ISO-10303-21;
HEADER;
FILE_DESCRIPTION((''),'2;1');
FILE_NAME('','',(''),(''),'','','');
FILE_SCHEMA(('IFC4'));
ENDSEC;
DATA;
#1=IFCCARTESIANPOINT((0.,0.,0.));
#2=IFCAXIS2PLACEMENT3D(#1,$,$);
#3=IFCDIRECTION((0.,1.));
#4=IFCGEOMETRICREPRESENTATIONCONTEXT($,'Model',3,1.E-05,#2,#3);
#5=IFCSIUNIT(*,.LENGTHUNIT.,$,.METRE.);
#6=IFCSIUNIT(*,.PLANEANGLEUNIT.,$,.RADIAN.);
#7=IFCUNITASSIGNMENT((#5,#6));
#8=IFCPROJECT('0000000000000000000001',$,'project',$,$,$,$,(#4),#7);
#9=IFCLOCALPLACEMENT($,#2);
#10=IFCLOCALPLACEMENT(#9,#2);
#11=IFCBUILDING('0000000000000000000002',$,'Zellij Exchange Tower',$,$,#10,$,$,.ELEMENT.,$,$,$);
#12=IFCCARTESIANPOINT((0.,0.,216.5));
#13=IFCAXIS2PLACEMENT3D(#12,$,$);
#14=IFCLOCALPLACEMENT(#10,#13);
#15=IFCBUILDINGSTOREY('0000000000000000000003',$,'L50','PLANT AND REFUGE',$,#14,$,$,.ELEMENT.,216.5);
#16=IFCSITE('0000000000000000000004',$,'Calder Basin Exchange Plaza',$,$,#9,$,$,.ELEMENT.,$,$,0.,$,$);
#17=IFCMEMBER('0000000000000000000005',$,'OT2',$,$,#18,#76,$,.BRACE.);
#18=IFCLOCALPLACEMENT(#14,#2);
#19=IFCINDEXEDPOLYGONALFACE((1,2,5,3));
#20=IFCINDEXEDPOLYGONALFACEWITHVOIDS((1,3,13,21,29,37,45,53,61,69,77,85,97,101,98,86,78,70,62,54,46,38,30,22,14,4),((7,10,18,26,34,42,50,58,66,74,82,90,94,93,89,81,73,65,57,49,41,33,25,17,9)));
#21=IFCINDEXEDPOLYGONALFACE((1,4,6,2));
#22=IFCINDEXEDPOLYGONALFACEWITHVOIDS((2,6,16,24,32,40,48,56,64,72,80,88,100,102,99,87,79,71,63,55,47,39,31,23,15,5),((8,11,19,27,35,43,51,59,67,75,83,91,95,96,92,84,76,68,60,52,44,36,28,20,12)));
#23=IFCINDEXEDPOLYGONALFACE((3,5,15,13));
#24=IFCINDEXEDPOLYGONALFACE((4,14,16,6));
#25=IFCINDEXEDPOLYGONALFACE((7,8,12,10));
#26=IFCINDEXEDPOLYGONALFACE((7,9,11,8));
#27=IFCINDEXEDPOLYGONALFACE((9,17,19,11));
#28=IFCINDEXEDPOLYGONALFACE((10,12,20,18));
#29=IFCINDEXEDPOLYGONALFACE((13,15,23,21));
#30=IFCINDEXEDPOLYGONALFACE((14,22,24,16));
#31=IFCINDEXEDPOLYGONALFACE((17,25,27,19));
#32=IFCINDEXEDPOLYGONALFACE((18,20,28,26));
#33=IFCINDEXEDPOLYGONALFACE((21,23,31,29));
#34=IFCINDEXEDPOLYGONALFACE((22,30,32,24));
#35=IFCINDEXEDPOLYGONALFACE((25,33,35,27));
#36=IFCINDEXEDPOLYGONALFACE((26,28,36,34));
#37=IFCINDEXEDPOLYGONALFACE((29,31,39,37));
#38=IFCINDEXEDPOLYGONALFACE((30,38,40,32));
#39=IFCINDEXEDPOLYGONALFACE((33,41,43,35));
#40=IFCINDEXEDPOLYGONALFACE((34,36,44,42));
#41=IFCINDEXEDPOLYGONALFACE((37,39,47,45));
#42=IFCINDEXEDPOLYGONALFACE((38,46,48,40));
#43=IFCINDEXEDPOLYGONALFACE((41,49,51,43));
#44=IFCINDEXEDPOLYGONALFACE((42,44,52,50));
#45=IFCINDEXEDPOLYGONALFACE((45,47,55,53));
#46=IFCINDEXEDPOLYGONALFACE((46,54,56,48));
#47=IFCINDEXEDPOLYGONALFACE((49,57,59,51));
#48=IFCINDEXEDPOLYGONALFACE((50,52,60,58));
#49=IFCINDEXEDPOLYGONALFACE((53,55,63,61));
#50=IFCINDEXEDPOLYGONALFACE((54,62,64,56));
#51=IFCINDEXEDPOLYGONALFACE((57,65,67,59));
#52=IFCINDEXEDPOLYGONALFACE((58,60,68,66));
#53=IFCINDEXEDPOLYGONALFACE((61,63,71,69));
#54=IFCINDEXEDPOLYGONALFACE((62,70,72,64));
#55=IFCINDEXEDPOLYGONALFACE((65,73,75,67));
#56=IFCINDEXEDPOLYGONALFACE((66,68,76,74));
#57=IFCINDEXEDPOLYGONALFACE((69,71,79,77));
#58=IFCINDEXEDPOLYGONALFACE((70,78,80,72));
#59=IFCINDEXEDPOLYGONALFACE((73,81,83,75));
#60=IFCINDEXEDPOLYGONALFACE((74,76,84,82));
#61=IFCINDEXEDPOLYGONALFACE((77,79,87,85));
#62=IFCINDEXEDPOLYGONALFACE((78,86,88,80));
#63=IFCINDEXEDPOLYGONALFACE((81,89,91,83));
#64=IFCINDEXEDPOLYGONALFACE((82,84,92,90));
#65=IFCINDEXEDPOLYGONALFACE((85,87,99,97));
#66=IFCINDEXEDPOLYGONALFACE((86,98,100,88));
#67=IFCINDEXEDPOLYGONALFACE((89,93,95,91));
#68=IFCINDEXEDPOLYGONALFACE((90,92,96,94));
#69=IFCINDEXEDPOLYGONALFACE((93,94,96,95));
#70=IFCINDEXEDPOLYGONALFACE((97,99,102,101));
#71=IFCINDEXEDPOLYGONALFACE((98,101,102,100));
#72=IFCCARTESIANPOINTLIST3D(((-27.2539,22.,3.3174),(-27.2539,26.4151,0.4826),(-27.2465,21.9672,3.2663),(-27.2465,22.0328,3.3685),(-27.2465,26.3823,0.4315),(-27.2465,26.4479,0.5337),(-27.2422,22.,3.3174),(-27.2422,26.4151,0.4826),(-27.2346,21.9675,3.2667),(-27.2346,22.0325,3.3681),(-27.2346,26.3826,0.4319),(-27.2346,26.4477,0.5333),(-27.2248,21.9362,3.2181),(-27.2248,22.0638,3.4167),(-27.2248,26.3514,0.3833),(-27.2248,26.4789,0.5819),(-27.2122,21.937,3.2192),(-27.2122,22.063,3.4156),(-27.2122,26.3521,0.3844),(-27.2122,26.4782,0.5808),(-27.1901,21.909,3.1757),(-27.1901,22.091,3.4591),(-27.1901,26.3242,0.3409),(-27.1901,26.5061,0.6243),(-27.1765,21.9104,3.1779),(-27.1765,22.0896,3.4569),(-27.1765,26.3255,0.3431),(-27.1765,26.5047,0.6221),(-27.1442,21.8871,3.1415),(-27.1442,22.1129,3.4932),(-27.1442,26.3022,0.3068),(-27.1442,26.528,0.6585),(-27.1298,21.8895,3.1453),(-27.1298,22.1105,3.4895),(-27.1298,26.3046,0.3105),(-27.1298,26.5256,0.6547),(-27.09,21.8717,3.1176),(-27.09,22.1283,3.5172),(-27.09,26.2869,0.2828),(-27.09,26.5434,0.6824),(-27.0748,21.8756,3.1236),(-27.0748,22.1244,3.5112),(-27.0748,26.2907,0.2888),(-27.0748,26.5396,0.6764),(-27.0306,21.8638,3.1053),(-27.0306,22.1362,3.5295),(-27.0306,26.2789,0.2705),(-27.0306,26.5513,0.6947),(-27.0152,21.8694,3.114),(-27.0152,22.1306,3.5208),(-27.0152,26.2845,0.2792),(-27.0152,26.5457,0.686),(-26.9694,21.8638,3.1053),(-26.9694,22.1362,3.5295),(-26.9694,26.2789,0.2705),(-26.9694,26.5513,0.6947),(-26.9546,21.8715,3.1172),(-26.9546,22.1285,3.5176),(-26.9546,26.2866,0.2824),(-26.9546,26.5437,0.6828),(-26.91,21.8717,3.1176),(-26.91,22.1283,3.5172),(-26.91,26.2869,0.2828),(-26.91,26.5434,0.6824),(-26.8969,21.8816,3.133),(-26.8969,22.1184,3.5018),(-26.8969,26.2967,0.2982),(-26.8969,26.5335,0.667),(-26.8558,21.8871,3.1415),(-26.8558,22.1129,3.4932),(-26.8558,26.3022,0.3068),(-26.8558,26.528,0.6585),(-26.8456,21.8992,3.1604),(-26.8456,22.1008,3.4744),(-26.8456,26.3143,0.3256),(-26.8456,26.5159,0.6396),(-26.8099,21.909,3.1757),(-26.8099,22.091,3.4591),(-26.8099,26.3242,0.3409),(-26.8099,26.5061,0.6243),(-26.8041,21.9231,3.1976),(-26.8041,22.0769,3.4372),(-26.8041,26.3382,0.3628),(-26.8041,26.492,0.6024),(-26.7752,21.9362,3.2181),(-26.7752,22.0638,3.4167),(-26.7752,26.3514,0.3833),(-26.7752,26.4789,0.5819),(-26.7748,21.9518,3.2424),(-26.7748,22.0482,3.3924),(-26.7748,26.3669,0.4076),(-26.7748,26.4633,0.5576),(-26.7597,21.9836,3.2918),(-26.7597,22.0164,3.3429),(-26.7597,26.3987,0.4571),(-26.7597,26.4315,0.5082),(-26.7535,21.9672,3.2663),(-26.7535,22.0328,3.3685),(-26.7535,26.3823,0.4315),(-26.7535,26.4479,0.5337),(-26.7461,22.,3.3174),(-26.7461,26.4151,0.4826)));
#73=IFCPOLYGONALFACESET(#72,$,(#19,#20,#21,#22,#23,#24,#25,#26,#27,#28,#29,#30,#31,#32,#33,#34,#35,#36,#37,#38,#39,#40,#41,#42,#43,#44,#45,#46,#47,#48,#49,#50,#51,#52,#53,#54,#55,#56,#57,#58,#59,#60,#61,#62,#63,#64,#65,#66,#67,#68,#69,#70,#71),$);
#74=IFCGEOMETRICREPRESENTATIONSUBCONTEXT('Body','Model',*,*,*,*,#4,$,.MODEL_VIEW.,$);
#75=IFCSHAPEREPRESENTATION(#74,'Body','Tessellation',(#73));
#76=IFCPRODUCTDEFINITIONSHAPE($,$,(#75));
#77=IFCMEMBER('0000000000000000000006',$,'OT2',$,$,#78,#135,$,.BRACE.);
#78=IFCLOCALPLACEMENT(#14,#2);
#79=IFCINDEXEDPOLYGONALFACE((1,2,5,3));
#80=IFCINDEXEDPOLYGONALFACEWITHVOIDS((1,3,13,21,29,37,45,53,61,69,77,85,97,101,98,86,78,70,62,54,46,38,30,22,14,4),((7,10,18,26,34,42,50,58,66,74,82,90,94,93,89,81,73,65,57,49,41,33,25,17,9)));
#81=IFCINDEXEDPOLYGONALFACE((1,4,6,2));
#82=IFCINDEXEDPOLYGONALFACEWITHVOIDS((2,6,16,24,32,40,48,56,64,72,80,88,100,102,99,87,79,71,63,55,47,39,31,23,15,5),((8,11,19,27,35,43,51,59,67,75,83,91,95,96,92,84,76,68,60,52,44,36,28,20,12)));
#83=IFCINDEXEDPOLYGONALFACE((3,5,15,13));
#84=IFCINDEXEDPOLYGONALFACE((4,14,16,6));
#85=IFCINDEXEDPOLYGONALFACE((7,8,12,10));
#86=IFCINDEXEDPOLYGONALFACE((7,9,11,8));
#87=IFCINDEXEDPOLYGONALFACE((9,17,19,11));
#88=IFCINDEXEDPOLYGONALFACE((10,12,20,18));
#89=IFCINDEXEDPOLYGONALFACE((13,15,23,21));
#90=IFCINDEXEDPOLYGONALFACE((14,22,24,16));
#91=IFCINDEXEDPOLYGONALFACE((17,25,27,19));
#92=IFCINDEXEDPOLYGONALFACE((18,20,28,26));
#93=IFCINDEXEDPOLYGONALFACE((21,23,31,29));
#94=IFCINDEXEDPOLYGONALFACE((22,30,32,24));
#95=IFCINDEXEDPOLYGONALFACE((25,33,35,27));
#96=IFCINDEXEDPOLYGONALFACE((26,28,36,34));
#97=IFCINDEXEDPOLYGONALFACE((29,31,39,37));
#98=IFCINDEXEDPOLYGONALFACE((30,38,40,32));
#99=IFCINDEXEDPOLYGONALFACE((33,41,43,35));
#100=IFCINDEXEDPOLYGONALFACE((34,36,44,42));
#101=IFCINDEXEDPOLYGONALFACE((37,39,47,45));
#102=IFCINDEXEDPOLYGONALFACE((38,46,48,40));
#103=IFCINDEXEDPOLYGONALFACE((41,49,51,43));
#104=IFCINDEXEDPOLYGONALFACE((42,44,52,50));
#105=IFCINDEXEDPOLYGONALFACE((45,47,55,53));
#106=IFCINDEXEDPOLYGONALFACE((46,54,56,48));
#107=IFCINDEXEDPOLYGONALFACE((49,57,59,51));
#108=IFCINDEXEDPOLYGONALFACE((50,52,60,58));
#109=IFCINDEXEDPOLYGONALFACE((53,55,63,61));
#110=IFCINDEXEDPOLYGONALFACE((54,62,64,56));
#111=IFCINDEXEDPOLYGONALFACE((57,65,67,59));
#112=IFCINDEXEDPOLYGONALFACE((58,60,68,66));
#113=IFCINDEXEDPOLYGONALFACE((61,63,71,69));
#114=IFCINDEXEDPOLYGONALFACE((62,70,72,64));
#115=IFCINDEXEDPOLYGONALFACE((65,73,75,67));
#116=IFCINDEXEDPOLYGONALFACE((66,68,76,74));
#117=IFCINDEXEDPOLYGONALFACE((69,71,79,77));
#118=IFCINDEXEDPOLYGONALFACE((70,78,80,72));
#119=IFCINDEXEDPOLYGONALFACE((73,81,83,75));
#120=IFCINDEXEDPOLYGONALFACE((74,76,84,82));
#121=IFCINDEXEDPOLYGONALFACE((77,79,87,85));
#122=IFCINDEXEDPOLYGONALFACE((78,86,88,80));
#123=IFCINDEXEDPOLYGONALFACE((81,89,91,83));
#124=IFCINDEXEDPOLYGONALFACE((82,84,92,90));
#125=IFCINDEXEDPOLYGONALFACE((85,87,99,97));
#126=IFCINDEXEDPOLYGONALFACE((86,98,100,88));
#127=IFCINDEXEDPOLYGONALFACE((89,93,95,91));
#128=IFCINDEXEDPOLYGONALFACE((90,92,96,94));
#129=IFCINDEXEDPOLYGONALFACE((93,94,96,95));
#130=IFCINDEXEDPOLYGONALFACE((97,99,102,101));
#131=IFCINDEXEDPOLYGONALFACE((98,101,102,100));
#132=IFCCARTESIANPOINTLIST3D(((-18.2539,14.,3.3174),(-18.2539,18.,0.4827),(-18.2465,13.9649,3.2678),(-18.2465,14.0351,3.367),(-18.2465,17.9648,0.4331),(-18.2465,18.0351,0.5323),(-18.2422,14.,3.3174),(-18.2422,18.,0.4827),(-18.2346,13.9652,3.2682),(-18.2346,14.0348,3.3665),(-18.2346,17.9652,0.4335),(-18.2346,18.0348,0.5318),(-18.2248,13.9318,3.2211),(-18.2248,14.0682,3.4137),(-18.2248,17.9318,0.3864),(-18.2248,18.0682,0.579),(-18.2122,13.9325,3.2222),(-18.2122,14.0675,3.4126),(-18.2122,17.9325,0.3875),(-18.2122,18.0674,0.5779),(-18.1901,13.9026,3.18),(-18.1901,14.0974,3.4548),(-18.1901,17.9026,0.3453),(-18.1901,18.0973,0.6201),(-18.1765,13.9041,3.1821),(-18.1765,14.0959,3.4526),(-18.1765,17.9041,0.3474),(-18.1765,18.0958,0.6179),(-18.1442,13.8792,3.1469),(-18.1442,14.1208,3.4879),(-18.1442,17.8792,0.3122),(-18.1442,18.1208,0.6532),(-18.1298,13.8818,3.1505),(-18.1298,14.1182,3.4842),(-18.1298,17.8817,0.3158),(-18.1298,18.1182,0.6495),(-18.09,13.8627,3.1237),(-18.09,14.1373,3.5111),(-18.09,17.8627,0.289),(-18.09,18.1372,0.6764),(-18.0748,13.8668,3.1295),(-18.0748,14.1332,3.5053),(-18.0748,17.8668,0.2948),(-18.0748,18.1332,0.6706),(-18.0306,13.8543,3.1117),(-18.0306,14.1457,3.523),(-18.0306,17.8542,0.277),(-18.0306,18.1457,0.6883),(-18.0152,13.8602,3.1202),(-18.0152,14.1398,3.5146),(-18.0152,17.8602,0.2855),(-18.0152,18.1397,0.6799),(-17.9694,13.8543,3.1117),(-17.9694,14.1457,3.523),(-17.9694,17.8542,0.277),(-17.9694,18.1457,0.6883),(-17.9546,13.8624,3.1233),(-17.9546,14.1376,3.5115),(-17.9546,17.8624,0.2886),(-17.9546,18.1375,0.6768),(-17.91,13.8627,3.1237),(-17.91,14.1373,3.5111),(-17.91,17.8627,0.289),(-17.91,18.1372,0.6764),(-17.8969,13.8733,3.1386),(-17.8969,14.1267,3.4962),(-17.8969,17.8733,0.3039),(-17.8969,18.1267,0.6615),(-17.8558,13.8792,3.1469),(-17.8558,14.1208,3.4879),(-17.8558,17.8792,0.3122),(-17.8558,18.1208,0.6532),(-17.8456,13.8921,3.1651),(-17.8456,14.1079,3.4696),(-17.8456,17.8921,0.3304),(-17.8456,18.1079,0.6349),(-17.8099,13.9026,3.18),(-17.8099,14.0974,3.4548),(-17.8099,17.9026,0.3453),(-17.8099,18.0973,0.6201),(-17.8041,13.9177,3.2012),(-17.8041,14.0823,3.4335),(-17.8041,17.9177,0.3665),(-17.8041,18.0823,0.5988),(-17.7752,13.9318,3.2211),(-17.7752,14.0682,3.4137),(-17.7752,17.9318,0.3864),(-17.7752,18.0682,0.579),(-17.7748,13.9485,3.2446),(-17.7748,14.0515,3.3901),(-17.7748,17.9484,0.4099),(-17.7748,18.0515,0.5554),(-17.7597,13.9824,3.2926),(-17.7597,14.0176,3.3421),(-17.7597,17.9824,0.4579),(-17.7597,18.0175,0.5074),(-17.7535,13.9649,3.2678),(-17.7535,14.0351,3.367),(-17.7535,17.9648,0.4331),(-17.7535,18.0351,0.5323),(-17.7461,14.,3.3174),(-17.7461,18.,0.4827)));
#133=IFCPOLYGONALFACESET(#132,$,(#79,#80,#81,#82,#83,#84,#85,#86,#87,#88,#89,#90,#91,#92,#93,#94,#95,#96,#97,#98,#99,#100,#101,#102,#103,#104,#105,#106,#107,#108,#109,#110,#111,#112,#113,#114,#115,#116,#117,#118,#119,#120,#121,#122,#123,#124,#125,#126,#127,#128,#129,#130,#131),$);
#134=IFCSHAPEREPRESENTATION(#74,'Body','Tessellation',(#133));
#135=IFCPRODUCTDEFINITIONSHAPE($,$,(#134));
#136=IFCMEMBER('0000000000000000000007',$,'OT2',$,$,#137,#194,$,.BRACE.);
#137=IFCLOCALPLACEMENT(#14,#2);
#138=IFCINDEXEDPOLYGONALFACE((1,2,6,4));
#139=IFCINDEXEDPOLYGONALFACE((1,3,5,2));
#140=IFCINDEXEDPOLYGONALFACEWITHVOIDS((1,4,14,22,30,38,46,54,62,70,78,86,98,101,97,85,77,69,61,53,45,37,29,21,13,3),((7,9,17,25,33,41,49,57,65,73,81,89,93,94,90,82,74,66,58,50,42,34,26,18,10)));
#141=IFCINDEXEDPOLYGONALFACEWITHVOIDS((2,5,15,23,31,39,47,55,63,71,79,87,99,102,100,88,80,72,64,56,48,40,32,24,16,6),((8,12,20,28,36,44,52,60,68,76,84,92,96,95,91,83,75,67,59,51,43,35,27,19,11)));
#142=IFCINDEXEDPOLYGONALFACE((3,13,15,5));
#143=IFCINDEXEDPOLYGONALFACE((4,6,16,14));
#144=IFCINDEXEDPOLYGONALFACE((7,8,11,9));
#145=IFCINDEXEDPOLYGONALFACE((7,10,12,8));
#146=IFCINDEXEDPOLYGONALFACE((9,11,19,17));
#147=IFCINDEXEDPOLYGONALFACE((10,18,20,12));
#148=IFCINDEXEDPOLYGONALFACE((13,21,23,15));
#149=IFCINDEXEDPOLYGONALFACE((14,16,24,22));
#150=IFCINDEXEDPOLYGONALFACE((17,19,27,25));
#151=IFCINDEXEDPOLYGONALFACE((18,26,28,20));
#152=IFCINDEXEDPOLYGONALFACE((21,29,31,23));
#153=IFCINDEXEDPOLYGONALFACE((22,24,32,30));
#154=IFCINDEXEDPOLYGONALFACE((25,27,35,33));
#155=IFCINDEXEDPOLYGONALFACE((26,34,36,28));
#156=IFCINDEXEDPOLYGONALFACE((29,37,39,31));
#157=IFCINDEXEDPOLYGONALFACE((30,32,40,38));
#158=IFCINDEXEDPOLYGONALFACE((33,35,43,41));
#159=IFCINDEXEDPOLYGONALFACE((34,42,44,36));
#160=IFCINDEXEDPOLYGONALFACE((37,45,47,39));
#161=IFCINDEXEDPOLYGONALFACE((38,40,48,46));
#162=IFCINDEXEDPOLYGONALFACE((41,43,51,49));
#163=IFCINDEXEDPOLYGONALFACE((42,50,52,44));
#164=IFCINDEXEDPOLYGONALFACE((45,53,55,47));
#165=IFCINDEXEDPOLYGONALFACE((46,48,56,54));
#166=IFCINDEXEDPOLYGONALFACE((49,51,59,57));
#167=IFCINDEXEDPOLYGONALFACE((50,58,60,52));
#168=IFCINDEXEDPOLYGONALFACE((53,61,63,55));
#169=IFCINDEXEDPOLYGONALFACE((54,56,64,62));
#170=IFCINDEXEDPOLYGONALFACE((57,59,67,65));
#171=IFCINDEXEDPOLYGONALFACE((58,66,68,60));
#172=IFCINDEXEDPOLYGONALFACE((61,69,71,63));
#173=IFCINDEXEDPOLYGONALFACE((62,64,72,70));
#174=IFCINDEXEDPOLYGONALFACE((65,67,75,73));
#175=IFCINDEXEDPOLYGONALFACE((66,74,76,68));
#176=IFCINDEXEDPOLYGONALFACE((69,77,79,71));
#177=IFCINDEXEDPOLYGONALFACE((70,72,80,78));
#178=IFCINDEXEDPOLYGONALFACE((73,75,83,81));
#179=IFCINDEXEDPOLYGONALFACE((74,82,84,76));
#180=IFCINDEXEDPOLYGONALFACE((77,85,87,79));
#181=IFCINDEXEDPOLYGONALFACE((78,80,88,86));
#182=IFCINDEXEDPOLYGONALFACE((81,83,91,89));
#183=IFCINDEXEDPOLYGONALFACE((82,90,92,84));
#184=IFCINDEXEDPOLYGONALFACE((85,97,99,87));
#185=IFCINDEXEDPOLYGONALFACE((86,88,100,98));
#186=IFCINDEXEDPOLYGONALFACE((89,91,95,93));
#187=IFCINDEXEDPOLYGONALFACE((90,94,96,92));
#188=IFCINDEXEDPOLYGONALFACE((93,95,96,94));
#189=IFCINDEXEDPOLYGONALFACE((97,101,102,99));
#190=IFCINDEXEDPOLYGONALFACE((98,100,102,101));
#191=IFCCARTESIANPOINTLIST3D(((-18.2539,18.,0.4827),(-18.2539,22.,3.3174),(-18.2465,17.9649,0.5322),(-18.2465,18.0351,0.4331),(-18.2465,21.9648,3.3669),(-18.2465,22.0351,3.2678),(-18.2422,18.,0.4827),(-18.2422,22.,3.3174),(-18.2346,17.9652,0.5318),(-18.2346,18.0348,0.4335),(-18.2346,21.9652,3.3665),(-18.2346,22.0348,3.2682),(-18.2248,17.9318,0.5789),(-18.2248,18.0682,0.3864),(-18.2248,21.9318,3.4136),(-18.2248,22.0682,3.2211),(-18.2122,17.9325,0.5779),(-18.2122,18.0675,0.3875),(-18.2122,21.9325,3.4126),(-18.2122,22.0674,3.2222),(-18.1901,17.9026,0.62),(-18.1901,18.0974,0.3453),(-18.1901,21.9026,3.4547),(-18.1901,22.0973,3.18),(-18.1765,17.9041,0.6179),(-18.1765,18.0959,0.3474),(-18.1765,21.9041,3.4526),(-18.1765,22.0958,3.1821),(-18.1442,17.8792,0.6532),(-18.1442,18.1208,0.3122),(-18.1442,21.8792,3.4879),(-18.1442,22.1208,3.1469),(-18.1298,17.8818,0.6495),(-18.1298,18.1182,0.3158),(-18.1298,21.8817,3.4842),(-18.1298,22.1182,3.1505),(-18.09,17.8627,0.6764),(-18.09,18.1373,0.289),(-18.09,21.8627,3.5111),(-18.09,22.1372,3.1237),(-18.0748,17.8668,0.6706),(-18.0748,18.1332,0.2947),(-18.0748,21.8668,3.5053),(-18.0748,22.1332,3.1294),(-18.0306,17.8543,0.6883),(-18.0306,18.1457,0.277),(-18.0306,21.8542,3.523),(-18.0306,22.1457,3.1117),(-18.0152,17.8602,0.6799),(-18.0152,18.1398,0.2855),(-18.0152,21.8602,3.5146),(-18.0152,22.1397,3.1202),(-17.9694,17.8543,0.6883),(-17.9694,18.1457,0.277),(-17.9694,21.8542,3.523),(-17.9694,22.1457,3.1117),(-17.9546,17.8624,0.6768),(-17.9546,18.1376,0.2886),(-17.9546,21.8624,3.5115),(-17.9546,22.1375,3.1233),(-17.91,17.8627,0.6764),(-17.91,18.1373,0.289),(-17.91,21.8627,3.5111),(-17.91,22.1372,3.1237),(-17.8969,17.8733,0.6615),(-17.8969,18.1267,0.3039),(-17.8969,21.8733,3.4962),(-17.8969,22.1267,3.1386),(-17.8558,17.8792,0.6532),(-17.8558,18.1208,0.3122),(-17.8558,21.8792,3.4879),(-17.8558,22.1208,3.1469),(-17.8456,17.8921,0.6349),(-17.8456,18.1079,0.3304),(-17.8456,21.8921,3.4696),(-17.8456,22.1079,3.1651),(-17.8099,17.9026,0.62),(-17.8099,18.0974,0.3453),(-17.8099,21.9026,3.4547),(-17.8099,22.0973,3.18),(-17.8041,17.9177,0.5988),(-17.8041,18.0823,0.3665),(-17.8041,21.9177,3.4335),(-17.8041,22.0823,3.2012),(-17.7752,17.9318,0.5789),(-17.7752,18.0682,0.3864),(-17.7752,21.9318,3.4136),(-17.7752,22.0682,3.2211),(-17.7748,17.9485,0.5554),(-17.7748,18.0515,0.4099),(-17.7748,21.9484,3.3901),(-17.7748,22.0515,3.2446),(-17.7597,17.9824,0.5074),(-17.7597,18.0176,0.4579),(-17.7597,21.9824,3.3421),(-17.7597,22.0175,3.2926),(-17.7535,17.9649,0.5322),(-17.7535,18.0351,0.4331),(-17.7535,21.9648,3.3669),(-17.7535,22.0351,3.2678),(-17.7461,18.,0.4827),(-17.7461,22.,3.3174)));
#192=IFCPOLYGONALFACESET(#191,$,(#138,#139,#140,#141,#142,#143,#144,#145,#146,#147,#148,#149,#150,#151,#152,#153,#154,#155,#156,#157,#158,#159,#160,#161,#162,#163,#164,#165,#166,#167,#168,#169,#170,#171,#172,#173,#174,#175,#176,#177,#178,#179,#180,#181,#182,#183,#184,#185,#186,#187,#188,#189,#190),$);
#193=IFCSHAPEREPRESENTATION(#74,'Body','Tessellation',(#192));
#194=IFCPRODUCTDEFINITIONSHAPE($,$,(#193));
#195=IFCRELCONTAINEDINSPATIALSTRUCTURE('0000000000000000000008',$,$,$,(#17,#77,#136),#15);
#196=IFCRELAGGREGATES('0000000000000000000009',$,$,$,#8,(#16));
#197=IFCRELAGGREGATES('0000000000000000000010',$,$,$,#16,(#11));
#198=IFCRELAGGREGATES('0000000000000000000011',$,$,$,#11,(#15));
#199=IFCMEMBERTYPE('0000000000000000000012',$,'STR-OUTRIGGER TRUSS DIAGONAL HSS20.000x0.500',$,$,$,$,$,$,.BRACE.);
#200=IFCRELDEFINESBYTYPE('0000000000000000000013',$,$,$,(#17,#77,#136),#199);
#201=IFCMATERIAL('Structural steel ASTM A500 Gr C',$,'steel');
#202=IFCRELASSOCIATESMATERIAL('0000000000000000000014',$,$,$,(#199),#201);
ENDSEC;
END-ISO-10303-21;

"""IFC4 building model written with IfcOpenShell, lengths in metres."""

from ifc_helpers import new_model, si_unit, direction, frame, origin, origin_2d, place, context, subcontext, project, spatial, hollow_circle, extrude, material, material_profile, profile_set, type_object, element, save


model = new_model("IFC4")

# Units and contexts
model_context = context("Model", 3, precision=1e-05, world=origin(), true_north=direction((0.0, 1.0)))
body_context = subcontext(model_context, "Body", "Model", "MODEL_VIEW")
ifc_project = project(units=[si_unit("LENGTHUNIT", "METRE"), si_unit("PLANEANGLEUNIT", "RADIAN")], contexts=[model_context])

# Site, building, storey
site_placement = place(None, origin())
site = spatial("IfcSite", under=ifc_project, at=site_placement, Name="Calder Basin Exchange Plaza", CompositionType="ELEMENT", RefElevation=0.0)
building_placement = place(site_placement, origin())
building = spatial("IfcBuilding", under=site, at=building_placement, Name="Zellij Exchange Tower", CompositionType="ELEMENT")
storey_placement = place(building_placement, frame((0.0, 0.0, 216.5)))
storey = spatial("IfcBuildingStorey", under=building, at=storey_placement, Name="L50", Description="PLANT AND REFUGE", CompositionType="ELEMENT", Elevation=216.5)

# Members
ifc_material_1 = material(Name="Structural steel ASTM A500 Gr C", Category="steel")
ifc_material_profile_1 = material_profile(ifc_material_1, hollow_circle(Radius=0.2539, WallThickness=0.0117, at=origin_2d()), Name="STR-OUTRIGGER TRUSS DIAGONAL HSS20.000x0.500")
ifc_profile_set_1 = profile_set([ifc_material_profile_1], Name="Structural steel ASTM A500 Gr C")
member_type_1 = type_object("IfcMemberType", Name="STR-OUTRIGGER TRUSS DIAGONAL HSS20.000x0.500", PredefinedType="BRACE", material=ifc_profile_set_1)
member_1_placement = place(storey_placement, frame((-27.0, 22.0, 3.3174), z_axis=(0.0, 0.841484, -0.540282), x_axis=(-1.0, 0.0, 0.0)))
element("IfcMember", 1, at=member_1_placement, inside=storey, type_object=member_type_1, Name="OT2", PredefinedType="BRACE", context=body_context, shape_type="SweptSolid", body=[
    extrude(hollow_circle(Radius=0.2539, WallThickness=0.0117, at=origin_2d()), origin(), (0.0, 0.0, 1.0), 5.2468),
])
for number, where, z_axis, x_axis, name in (
    (2, (-18.0, 14.0, 3.3174), (0.0, 0.815891, -0.578205), (-1.0, 0.0, 0.0), "OT2"),
    (3, (-18.0, 18.0, 0.4827), (0.0, 0.815891, 0.578205), (-1.0, 0.0, 0.0), "OT2"),
):
    element("IfcMember", number, at=place(storey_placement, frame(where, z_axis=z_axis, x_axis=x_axis)), inside=storey, type_object=member_type_1, Name=name, PredefinedType="BRACE", context=body_context, shape_type="SweptSolid", body=[
        extrude(hollow_circle(Radius=0.2539, WallThickness=0.0117, at=origin_2d()), origin(), (0.0, 0.0, 1.0), 4.9026),
    ])

save(model, "model.ifc")
